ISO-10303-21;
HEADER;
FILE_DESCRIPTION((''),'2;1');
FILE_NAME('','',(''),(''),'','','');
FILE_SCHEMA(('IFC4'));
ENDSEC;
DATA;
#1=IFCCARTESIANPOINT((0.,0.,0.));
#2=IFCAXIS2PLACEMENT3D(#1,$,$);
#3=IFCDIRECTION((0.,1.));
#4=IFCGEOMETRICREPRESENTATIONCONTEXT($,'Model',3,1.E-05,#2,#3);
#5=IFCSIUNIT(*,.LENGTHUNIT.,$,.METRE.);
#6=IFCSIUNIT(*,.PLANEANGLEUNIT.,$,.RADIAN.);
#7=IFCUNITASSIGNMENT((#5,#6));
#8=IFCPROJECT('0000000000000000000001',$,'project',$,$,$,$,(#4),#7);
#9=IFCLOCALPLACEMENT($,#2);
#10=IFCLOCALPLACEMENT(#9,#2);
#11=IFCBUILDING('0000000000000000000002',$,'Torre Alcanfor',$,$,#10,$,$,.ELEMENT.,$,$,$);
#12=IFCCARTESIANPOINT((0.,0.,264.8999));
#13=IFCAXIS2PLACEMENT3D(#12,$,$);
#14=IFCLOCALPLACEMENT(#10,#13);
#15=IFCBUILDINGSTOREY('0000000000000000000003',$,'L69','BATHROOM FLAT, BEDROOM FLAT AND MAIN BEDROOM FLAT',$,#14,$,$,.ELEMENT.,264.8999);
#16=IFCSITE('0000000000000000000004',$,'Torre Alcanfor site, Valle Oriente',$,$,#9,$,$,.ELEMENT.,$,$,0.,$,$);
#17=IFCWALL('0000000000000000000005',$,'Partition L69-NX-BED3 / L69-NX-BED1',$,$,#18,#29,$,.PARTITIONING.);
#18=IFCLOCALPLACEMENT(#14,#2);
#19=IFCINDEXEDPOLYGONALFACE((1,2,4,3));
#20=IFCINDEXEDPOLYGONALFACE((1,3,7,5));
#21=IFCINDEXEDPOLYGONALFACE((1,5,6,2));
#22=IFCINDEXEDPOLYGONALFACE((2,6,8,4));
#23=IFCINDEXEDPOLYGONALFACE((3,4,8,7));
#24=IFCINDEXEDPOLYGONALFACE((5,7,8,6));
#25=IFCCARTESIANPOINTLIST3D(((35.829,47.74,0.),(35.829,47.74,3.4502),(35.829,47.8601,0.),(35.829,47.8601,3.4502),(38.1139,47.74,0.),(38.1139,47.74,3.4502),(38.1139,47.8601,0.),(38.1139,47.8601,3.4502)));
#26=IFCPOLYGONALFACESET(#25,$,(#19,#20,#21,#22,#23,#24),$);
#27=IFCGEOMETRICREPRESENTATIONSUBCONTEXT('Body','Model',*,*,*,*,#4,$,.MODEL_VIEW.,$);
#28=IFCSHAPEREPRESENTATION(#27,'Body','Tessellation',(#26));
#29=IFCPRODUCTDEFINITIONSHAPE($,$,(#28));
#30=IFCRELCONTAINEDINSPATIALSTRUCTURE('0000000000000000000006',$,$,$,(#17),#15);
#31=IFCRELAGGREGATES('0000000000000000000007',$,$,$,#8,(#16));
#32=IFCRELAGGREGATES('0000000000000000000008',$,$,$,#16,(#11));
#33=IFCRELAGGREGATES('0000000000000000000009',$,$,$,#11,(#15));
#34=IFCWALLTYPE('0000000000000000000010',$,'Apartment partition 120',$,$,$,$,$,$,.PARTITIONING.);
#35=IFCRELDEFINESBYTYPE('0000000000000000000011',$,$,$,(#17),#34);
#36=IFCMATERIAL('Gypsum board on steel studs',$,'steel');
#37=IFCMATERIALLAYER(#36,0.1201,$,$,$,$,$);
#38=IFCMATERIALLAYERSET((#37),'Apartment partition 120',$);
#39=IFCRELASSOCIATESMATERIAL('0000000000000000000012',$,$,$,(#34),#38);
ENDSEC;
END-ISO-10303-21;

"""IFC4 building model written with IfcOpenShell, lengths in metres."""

from ifc_helpers import new_model, si_unit, direction, frame, frame_2d, origin, place, context, subcontext, project, spatial, rectangle, extrude, material, layer, layer_set, type_object, element, save


model = new_model("IFC4")

# Units and contexts
model_context = context("Model", 3, precision=1e-05, world=origin(), true_north=direction((0.0, 1.0)))
body_context = subcontext(model_context, "Body", "Model", "MODEL_VIEW")
ifc_project = project(units=[si_unit("LENGTHUNIT", "METRE"), si_unit("PLANEANGLEUNIT", "RADIAN")], contexts=[model_context])

# Site, building, storey
site_placement = place(None, origin())
site = spatial("IfcSite", under=ifc_project, at=site_placement, Name="Torre Alcanfor site, Valle Oriente", CompositionType="ELEMENT", RefElevation=0.0)
building_placement = place(site_placement, origin())
building = spatial("IfcBuilding", under=site, at=building_placement, Name="Torre Alcanfor", CompositionType="ELEMENT")
storey_placement = place(building_placement, frame((0.0, 0.0, 264.8999)))
storey = spatial("IfcBuildingStorey", under=building, at=storey_placement, Name="L69", Description="BATHROOM FLAT, BEDROOM FLAT AND MAIN BEDROOM FLAT", CompositionType="ELEMENT", Elevation=264.8999)

# Shared definitions
ifc_material_1 = material(Name="Gypsum board on steel studs", Category="steel")
ifc_layer_1 = layer(ifc_material_1, 0.1201)
ifc_layer_set_1 = layer_set([ifc_layer_1], Name="Apartment partition 120")
wall_type_1 = type_object("IfcWallType", Name="Apartment partition 120", PredefinedType="PARTITIONING", material=ifc_layer_set_1)

# Wall
wall_1_placement = place(storey_placement, frame((38.114, 47.8, 0.0), z_axis=(0.0, 0.0, 1.0), x_axis=(-1.0, 0.0, 0.0)))
element("IfcWall", 1, at=wall_1_placement, inside=storey, type_object=wall_type_1, Name="Partition L69-NX-BED3 / L69-NX-BED1", PredefinedType="PARTITIONING", context=body_context, shape_type="SweptSolid", body=[
    extrude(rectangle(XDim=2.2849, YDim=0.1201, at=frame_2d((1.1426, 0.0))), origin(), (0.0, 0.0, 1.0), 3.4502),
])

save(model, "model.ifc")
